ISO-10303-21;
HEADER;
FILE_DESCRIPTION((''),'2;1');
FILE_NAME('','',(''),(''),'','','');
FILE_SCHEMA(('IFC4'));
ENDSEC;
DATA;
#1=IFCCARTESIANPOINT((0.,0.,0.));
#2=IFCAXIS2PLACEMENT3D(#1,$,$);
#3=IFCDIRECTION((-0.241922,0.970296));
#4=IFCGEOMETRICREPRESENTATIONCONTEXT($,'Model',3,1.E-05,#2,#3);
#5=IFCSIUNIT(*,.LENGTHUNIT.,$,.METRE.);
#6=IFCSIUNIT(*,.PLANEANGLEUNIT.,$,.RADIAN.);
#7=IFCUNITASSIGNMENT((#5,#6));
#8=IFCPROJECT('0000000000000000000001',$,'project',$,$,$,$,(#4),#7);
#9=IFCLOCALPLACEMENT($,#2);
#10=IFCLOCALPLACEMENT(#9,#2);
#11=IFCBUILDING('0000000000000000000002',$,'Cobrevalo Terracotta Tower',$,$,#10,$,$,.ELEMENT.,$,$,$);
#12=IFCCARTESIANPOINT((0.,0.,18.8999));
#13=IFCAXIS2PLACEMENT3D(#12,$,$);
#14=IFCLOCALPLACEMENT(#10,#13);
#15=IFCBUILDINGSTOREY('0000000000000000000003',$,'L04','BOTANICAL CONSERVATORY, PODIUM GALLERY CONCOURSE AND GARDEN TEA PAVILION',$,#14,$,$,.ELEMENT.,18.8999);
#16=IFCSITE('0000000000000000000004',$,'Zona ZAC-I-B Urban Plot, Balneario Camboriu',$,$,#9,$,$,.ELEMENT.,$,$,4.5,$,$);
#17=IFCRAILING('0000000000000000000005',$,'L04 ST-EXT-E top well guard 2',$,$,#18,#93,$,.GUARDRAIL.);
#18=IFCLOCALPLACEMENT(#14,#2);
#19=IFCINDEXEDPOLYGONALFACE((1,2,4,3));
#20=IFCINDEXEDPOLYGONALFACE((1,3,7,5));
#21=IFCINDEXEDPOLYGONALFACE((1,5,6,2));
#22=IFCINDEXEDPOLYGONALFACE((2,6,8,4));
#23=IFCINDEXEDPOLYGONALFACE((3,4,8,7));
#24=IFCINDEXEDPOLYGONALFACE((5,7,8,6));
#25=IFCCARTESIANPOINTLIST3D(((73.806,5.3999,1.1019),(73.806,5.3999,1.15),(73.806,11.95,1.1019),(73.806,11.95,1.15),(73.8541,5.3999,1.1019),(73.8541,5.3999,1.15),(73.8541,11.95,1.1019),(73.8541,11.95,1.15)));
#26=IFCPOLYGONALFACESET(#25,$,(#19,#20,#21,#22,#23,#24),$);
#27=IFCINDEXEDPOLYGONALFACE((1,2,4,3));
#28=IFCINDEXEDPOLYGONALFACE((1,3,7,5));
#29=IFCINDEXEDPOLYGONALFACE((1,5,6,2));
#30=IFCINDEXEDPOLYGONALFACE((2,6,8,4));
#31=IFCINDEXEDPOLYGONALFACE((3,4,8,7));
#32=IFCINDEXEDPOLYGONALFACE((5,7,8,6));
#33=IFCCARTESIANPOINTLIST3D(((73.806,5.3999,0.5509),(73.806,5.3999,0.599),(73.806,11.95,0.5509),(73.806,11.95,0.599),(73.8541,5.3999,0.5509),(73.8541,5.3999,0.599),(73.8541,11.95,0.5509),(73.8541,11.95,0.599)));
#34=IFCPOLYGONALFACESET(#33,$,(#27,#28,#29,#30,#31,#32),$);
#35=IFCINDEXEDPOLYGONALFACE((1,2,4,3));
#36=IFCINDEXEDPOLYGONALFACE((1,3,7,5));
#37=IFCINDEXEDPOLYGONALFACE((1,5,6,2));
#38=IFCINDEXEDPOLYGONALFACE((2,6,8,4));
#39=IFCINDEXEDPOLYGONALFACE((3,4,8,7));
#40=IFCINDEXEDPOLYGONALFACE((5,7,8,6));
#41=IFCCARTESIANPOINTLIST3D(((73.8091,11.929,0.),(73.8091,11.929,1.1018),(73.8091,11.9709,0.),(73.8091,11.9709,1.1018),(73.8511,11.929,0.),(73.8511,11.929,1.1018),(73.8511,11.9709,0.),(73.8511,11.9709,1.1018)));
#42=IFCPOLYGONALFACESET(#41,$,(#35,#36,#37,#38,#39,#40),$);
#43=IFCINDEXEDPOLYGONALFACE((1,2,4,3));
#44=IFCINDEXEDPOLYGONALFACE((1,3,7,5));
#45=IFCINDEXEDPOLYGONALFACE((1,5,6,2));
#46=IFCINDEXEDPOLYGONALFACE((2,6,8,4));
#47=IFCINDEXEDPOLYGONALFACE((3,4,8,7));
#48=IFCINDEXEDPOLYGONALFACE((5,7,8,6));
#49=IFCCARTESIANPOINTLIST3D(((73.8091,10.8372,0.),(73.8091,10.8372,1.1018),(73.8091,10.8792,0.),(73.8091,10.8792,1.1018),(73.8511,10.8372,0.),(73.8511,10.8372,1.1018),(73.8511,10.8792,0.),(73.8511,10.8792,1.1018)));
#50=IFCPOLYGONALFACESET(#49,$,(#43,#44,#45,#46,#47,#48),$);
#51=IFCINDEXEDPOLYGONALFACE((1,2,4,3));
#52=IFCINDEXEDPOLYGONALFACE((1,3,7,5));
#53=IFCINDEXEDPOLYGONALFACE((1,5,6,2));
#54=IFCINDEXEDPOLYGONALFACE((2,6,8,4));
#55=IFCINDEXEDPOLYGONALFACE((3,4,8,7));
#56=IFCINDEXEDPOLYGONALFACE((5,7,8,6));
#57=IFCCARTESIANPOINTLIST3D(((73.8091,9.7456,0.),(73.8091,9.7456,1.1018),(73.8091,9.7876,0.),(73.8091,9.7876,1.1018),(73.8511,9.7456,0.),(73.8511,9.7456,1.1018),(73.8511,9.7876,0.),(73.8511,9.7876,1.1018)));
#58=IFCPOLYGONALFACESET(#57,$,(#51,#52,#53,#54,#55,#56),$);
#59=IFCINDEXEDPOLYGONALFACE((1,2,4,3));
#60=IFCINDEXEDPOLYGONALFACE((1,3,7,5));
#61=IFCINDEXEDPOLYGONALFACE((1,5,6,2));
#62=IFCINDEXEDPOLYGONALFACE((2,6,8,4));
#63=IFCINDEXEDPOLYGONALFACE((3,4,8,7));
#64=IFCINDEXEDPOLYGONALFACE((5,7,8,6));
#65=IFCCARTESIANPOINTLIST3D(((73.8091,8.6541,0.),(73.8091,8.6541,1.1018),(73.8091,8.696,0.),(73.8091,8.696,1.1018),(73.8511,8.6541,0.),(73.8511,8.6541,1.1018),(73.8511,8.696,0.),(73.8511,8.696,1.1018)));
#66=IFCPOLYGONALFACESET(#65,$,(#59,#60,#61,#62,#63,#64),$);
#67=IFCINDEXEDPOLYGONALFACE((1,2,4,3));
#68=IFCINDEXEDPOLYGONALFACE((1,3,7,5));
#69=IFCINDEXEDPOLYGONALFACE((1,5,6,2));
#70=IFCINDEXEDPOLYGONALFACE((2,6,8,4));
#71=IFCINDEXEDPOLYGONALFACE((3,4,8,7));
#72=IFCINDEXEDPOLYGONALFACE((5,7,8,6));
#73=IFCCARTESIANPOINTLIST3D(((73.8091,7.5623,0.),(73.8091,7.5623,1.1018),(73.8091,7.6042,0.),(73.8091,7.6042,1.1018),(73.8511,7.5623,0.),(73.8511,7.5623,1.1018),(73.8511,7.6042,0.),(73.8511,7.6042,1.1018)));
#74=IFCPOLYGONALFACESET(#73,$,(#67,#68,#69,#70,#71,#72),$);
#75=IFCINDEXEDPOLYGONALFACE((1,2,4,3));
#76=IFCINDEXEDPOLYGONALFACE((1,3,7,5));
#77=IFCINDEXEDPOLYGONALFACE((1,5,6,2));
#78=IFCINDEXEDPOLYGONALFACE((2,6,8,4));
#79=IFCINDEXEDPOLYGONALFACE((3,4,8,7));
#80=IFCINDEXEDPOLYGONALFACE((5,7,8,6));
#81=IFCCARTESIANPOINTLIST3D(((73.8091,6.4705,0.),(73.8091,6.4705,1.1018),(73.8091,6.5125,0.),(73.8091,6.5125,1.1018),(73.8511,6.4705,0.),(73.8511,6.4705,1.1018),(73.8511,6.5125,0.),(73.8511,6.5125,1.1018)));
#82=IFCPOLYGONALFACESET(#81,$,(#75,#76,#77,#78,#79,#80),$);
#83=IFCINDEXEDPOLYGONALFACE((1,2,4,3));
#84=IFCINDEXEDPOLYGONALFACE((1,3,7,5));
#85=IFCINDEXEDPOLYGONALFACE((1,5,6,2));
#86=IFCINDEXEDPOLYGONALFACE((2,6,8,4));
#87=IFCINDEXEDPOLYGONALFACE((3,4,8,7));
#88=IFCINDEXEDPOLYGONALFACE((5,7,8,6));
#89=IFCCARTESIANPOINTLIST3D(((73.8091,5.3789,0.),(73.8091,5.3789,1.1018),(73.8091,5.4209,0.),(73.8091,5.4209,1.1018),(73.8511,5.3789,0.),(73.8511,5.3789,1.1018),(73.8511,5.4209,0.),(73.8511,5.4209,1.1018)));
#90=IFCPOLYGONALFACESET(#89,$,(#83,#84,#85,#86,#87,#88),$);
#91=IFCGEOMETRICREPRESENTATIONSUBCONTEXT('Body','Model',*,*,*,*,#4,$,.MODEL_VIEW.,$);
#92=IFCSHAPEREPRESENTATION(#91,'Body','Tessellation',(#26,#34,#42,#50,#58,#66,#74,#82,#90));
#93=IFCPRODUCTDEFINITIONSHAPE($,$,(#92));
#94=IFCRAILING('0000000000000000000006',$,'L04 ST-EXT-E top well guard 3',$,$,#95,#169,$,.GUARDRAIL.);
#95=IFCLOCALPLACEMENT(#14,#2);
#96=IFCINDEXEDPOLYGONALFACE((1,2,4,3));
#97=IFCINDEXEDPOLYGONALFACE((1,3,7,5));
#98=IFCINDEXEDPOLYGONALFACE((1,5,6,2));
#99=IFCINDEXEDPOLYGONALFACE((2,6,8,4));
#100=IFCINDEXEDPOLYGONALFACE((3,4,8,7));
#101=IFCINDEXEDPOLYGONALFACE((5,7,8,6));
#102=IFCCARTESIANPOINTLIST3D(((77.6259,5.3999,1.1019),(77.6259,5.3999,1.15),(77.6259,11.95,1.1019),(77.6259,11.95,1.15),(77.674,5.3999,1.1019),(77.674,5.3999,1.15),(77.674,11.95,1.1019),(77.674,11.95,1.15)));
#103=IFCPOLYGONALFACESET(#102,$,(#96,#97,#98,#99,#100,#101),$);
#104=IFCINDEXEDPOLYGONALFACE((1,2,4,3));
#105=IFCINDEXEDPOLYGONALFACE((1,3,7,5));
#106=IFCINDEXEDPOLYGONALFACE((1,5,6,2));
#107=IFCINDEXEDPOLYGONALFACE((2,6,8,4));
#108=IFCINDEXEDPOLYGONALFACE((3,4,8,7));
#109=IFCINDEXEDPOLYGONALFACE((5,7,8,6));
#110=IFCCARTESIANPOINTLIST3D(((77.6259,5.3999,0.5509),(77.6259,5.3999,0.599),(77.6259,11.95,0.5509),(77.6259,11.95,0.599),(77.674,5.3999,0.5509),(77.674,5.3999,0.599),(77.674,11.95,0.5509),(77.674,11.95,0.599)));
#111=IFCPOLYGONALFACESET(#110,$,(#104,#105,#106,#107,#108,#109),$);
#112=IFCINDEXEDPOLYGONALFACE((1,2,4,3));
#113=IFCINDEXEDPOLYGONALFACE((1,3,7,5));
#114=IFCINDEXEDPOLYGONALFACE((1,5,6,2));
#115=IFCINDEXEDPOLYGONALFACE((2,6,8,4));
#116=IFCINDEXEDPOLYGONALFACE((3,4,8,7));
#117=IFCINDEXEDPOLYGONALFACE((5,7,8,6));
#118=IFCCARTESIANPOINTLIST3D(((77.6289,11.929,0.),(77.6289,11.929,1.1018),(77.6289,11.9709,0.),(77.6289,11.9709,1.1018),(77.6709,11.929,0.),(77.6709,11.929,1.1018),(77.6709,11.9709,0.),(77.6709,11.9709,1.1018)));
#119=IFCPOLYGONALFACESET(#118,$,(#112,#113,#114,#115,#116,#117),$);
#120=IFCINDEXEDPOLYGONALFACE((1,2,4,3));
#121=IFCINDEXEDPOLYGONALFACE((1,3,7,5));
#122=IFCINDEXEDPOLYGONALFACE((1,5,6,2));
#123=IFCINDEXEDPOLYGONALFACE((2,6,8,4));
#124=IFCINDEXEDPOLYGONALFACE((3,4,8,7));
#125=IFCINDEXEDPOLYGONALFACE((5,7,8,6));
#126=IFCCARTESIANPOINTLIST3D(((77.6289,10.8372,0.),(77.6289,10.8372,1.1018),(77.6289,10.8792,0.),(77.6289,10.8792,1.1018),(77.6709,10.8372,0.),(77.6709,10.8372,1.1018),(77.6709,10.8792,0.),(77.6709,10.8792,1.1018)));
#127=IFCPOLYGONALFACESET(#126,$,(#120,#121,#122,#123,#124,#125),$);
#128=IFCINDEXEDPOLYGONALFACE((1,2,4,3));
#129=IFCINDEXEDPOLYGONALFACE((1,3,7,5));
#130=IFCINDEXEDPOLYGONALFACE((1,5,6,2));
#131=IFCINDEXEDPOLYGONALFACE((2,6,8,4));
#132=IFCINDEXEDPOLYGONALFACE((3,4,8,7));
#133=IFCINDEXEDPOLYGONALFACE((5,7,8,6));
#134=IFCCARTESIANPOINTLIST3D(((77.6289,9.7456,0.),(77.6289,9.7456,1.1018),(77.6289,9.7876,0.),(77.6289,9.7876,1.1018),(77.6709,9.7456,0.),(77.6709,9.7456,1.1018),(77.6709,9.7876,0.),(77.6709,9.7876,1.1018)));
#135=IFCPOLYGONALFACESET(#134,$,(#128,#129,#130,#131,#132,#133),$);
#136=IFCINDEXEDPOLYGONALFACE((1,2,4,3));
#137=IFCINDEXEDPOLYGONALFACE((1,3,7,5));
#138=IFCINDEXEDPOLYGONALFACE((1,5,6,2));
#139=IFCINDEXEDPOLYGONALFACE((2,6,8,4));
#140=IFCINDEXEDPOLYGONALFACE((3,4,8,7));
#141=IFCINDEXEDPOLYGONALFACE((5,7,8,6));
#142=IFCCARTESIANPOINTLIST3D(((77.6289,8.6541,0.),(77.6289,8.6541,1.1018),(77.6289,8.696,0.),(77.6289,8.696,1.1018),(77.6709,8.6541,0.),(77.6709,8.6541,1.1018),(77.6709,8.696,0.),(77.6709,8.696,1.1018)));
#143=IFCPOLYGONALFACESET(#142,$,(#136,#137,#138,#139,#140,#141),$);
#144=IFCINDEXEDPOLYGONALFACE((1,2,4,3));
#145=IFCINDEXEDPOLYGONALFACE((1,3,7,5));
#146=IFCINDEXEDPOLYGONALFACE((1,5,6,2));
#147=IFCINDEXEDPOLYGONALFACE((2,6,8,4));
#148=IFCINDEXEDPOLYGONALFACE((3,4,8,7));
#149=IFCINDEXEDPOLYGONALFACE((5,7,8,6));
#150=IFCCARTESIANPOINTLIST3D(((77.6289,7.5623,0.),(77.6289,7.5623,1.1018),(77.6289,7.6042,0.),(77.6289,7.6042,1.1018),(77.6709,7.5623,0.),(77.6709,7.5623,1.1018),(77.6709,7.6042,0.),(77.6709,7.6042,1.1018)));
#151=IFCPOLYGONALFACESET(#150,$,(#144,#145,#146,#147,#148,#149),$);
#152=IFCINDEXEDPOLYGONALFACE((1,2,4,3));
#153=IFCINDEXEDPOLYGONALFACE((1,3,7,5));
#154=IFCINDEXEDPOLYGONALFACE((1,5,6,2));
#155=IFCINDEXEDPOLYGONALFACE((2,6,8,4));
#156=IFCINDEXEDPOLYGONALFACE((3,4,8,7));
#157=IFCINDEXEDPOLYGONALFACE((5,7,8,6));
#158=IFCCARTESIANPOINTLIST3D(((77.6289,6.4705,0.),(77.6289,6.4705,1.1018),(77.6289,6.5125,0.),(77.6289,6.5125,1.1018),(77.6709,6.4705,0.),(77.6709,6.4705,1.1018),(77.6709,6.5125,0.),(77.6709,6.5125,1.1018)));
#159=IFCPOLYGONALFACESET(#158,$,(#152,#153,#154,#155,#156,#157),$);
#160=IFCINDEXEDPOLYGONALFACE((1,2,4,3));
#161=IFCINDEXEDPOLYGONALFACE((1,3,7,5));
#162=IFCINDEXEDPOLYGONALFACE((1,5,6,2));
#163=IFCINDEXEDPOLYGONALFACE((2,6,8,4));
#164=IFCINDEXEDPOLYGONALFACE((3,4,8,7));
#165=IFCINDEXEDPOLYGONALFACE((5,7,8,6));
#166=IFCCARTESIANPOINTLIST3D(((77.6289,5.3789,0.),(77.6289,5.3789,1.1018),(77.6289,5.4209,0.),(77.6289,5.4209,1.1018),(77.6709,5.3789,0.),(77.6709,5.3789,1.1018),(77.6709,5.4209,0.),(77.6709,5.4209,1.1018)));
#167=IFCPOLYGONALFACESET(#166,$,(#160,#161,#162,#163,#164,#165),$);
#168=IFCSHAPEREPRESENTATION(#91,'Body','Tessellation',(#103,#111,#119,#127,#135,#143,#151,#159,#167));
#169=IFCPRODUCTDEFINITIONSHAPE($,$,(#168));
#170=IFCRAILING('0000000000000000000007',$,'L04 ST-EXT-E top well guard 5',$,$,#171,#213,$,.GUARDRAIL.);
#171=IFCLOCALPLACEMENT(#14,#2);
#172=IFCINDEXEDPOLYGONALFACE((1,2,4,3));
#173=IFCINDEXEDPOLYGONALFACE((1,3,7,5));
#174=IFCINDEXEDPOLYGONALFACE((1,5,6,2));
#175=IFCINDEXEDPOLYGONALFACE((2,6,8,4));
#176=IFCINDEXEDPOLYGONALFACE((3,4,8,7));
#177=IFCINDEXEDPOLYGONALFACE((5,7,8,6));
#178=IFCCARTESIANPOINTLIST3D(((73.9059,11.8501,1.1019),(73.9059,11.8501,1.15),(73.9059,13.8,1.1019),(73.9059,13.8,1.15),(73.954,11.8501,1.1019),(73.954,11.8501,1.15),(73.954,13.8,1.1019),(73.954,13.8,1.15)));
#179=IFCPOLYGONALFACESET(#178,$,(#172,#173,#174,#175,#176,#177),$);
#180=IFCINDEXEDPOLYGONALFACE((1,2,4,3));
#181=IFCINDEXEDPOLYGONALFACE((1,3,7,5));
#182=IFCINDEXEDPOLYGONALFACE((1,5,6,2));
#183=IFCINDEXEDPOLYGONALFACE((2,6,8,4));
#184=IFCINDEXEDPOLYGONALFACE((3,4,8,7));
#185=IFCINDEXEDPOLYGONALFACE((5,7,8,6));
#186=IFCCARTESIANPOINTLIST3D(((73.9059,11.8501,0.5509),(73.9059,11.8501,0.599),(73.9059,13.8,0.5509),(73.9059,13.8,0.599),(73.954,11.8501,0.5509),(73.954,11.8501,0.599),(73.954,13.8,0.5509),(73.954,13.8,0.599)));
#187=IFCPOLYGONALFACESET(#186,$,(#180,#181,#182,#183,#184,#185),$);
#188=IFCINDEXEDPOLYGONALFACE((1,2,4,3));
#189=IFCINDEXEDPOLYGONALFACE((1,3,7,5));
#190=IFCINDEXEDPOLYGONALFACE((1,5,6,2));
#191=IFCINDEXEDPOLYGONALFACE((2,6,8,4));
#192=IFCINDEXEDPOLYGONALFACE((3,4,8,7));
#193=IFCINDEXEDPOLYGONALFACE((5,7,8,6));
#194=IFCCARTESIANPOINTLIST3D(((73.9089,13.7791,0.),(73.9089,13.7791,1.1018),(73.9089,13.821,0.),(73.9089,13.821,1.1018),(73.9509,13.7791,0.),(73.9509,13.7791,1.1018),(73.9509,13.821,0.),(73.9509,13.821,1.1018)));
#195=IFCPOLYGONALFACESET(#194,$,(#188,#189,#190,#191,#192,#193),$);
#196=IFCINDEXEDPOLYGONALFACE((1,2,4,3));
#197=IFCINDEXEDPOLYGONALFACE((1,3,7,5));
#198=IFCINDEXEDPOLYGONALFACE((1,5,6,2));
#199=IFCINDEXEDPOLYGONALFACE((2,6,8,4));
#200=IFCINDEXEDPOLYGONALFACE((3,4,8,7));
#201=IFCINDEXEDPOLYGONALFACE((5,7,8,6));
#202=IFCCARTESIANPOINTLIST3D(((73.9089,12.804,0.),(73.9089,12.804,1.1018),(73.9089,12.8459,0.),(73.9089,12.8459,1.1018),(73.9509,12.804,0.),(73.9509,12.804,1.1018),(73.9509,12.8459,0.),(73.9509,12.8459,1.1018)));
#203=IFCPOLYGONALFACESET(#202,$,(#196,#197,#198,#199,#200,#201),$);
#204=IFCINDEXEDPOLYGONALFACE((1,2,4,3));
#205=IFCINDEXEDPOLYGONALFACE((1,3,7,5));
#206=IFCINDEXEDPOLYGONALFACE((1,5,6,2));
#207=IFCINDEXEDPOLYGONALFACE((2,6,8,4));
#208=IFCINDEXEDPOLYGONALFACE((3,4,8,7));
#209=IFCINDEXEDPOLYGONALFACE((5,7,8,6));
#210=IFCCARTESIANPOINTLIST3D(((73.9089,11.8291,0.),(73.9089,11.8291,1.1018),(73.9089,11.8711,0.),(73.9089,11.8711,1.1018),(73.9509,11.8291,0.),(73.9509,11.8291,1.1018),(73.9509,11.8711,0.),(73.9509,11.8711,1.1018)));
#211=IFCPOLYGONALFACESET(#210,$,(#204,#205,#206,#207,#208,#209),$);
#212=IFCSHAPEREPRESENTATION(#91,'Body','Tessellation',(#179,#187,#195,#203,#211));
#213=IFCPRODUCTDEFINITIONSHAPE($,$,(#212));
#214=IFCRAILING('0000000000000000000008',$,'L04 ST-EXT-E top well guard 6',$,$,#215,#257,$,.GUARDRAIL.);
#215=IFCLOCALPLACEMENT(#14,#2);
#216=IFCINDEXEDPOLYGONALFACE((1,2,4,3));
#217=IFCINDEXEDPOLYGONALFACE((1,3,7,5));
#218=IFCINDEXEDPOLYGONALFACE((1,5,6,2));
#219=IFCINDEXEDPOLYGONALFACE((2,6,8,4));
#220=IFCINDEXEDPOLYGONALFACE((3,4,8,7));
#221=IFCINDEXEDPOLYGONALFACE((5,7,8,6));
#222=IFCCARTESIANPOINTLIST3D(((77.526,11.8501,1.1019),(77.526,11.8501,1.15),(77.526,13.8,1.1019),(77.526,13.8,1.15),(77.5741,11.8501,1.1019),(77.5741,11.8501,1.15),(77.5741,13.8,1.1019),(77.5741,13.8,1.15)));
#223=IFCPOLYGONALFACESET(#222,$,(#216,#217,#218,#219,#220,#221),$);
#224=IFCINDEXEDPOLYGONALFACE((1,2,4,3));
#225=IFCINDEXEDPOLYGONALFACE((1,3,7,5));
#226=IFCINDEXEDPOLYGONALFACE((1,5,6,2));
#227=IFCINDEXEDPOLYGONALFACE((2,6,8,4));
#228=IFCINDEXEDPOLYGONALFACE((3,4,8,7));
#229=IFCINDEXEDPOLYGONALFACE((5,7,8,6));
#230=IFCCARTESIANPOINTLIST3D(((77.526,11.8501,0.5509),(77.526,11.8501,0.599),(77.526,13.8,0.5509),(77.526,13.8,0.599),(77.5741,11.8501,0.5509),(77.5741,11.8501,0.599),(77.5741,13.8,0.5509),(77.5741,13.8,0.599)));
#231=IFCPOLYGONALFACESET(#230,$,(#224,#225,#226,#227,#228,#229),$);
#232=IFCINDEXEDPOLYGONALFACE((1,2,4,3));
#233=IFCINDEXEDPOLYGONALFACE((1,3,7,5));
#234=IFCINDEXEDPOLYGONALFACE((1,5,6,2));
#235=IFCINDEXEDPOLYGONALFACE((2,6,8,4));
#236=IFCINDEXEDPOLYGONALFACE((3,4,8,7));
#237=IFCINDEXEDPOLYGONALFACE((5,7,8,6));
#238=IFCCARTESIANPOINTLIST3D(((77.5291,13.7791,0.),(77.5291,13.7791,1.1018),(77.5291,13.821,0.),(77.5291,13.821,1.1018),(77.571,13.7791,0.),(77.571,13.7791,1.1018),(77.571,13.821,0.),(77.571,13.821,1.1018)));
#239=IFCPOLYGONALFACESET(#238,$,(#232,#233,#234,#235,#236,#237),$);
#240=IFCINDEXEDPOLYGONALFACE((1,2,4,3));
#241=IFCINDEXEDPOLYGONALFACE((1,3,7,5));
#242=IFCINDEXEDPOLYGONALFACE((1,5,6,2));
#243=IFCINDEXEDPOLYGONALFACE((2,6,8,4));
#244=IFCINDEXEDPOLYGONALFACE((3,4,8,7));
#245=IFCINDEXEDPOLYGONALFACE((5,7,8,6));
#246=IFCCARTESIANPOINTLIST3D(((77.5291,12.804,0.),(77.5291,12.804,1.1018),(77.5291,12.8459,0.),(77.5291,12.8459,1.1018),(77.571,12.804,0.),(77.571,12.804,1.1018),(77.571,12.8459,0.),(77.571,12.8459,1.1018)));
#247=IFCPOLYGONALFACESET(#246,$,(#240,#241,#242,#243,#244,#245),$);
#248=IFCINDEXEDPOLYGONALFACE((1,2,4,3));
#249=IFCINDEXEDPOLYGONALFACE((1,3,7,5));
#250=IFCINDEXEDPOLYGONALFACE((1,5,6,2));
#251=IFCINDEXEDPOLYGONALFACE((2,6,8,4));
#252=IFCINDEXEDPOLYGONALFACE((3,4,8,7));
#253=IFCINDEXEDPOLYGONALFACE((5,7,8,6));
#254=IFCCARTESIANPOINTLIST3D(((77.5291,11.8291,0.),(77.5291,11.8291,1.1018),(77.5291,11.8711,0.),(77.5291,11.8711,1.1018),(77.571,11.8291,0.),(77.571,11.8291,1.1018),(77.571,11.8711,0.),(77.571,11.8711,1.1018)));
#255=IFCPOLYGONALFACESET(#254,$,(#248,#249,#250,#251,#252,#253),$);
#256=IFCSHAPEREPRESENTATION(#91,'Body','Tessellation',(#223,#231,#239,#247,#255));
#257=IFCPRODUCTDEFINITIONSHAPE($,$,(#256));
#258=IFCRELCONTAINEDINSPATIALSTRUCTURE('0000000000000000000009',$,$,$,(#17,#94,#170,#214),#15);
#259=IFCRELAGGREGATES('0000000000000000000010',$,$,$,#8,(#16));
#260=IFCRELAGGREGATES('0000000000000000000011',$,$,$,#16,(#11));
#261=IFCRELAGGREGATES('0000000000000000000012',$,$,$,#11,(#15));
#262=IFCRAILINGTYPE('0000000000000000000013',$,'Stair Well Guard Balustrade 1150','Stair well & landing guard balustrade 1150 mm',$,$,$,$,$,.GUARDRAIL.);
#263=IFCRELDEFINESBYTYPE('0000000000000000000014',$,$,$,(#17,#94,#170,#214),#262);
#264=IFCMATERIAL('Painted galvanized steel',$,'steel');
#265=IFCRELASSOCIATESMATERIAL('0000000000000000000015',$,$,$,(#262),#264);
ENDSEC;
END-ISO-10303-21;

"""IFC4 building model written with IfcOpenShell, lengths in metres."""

from ifc_helpers import new_model, si_unit, direction, frame, origin, origin_2d, place, context, subcontext, project, spatial, rectangle, extrude, material, type_object, element, save


model = new_model("IFC4")

# Units and contexts
model_context = context("Model", 3, precision=1e-05, world=origin(), true_north=direction((-0.241922, 0.970296)))
body_context = subcontext(model_context, "Body", "Model", "MODEL_VIEW")
ifc_project = project(units=[si_unit("LENGTHUNIT", "METRE"), si_unit("PLANEANGLEUNIT", "RADIAN")], contexts=[model_context])

# Site, building, storey
site_placement = place(None, origin())
site = spatial("IfcSite", under=ifc_project, at=site_placement, Name="Zona ZAC-I-B Urban Plot, Balneario Camboriu", CompositionType="ELEMENT", RefElevation=4.5)
building_placement = place(site_placement, origin())
building = spatial("IfcBuilding", under=site, at=building_placement, Name="Cobrevalo Terracotta Tower", CompositionType="ELEMENT")
storey_placement = place(building_placement, frame((0.0, 0.0, 18.8999)))
storey = spatial("IfcBuildingStorey", under=building, at=storey_placement, Name="L04", Description="BOTANICAL CONSERVATORY, PODIUM GALLERY CONCOURSE AND GARDEN TEA PAVILION", CompositionType="ELEMENT", Elevation=18.8999)

# Railings
ifc_material_1 = material(Name="Painted galvanized steel", Category="steel")
railing_type_1 = type_object("IfcRailingType", Name="Stair Well Guard Balustrade 1150", Description="Stair well & landing guard balustrade 1150 mm", PredefinedType="GUARDRAIL", material=ifc_material_1)
for number, where, name in (
    (1, (73.8301, 11.95, 0.0), "L04 ST-EXT-E top well guard 2"),
    (2, (77.6499, 11.95, 0.0), "L04 ST-EXT-E top well guard 3"),
):
    element("IfcRailing", number, at=place(storey_placement, frame(where)), inside=storey, type_object=railing_type_1, Name=name, PredefinedType="GUARDRAIL", context=body_context, shape_type="SweptSolid", body=[
        extrude(rectangle(XDim=0.0481, YDim=0.0481, at=origin_2d()), frame((0.0, 0.0, 1.126), z_axis=(0.0, -1.0, 0.0), x_axis=(1.0, 0.0, 0.0)), (0.0, 0.0, 1.0), 6.55),
        extrude(rectangle(XDim=0.0481, YDim=0.0481, at=origin_2d()), frame((0.0, 0.0, 0.575), z_axis=(0.0, -1.0, 0.0), x_axis=(1.0, 0.0, 0.0)), (0.0, 0.0, 1.0), 6.55),
        extrude(rectangle(XDim=0.042, YDim=0.042, at=origin_2d()), origin(), (0.0, 0.0, 1.0), 1.1018),
        extrude(rectangle(XDim=0.042, YDim=0.042, at=origin_2d()), frame((0.0, -1.0918, 0.0)), (0.0, 0.0, 1.0), 1.1018),
        extrude(rectangle(XDim=0.042, YDim=0.042, at=origin_2d()), frame((0.0, -2.1833, 0.0)), (0.0, 0.0, 1.0), 1.1018),
        extrude(rectangle(XDim=0.042, YDim=0.042, at=origin_2d()), frame((0.0, -3.2749, 0.0)), (0.0, 0.0, 1.0), 1.1018),
        extrude(rectangle(XDim=0.042, YDim=0.042, at=origin_2d()), frame((0.0, -4.3667, 0.0)), (0.0, 0.0, 1.0), 1.1018),
        extrude(rectangle(XDim=0.042, YDim=0.042, at=origin_2d()), frame((0.0, -5.4585, 0.0)), (0.0, 0.0, 1.0), 1.1018),
        extrude(rectangle(XDim=0.042, YDim=0.042, at=origin_2d()), frame((0.0, -6.55, 0.0)), (0.0, 0.0, 1.0), 1.1018),
    ])
for number, where, name in (
    (3, (73.9299, 13.8, 0.0), "L04 ST-EXT-E top well guard 5"),
    (4, (77.55, 13.8, 0.0), "L04 ST-EXT-E top well guard 6"),
):
    element("IfcRailing", number, at=place(storey_placement, frame(where)), inside=storey, type_object=railing_type_1, Name=name, PredefinedType="GUARDRAIL", context=body_context, shape_type="SweptSolid", body=[
        extrude(rectangle(XDim=0.0481, YDim=0.0481, at=origin_2d()), frame((0.0, 0.0, 1.126), z_axis=(0.0, -1.0, 0.0), x_axis=(1.0, 0.0, 0.0)), (0.0, 0.0, 1.0), 1.95),
        extrude(rectangle(XDim=0.0481, YDim=0.0481, at=origin_2d()), frame((0.0, 0.0, 0.575), z_axis=(0.0, -1.0, 0.0), x_axis=(1.0, 0.0, 0.0)), (0.0, 0.0, 1.0), 1.95),
        extrude(rectangle(XDim=0.042, YDim=0.042, at=origin_2d()), origin(), (0.0, 0.0, 1.0), 1.1018),
        extrude(rectangle(XDim=0.042, YDim=0.042, at=origin_2d()), frame((0.0, -0.9751, 0.0)), (0.0, 0.0, 1.0), 1.1018),
        extrude(rectangle(XDim=0.042, YDim=0.042, at=origin_2d()), frame((0.0, -1.95, 0.0)), (0.0, 0.0, 1.0), 1.1018),
    ])

save(model, "model.ifc")
